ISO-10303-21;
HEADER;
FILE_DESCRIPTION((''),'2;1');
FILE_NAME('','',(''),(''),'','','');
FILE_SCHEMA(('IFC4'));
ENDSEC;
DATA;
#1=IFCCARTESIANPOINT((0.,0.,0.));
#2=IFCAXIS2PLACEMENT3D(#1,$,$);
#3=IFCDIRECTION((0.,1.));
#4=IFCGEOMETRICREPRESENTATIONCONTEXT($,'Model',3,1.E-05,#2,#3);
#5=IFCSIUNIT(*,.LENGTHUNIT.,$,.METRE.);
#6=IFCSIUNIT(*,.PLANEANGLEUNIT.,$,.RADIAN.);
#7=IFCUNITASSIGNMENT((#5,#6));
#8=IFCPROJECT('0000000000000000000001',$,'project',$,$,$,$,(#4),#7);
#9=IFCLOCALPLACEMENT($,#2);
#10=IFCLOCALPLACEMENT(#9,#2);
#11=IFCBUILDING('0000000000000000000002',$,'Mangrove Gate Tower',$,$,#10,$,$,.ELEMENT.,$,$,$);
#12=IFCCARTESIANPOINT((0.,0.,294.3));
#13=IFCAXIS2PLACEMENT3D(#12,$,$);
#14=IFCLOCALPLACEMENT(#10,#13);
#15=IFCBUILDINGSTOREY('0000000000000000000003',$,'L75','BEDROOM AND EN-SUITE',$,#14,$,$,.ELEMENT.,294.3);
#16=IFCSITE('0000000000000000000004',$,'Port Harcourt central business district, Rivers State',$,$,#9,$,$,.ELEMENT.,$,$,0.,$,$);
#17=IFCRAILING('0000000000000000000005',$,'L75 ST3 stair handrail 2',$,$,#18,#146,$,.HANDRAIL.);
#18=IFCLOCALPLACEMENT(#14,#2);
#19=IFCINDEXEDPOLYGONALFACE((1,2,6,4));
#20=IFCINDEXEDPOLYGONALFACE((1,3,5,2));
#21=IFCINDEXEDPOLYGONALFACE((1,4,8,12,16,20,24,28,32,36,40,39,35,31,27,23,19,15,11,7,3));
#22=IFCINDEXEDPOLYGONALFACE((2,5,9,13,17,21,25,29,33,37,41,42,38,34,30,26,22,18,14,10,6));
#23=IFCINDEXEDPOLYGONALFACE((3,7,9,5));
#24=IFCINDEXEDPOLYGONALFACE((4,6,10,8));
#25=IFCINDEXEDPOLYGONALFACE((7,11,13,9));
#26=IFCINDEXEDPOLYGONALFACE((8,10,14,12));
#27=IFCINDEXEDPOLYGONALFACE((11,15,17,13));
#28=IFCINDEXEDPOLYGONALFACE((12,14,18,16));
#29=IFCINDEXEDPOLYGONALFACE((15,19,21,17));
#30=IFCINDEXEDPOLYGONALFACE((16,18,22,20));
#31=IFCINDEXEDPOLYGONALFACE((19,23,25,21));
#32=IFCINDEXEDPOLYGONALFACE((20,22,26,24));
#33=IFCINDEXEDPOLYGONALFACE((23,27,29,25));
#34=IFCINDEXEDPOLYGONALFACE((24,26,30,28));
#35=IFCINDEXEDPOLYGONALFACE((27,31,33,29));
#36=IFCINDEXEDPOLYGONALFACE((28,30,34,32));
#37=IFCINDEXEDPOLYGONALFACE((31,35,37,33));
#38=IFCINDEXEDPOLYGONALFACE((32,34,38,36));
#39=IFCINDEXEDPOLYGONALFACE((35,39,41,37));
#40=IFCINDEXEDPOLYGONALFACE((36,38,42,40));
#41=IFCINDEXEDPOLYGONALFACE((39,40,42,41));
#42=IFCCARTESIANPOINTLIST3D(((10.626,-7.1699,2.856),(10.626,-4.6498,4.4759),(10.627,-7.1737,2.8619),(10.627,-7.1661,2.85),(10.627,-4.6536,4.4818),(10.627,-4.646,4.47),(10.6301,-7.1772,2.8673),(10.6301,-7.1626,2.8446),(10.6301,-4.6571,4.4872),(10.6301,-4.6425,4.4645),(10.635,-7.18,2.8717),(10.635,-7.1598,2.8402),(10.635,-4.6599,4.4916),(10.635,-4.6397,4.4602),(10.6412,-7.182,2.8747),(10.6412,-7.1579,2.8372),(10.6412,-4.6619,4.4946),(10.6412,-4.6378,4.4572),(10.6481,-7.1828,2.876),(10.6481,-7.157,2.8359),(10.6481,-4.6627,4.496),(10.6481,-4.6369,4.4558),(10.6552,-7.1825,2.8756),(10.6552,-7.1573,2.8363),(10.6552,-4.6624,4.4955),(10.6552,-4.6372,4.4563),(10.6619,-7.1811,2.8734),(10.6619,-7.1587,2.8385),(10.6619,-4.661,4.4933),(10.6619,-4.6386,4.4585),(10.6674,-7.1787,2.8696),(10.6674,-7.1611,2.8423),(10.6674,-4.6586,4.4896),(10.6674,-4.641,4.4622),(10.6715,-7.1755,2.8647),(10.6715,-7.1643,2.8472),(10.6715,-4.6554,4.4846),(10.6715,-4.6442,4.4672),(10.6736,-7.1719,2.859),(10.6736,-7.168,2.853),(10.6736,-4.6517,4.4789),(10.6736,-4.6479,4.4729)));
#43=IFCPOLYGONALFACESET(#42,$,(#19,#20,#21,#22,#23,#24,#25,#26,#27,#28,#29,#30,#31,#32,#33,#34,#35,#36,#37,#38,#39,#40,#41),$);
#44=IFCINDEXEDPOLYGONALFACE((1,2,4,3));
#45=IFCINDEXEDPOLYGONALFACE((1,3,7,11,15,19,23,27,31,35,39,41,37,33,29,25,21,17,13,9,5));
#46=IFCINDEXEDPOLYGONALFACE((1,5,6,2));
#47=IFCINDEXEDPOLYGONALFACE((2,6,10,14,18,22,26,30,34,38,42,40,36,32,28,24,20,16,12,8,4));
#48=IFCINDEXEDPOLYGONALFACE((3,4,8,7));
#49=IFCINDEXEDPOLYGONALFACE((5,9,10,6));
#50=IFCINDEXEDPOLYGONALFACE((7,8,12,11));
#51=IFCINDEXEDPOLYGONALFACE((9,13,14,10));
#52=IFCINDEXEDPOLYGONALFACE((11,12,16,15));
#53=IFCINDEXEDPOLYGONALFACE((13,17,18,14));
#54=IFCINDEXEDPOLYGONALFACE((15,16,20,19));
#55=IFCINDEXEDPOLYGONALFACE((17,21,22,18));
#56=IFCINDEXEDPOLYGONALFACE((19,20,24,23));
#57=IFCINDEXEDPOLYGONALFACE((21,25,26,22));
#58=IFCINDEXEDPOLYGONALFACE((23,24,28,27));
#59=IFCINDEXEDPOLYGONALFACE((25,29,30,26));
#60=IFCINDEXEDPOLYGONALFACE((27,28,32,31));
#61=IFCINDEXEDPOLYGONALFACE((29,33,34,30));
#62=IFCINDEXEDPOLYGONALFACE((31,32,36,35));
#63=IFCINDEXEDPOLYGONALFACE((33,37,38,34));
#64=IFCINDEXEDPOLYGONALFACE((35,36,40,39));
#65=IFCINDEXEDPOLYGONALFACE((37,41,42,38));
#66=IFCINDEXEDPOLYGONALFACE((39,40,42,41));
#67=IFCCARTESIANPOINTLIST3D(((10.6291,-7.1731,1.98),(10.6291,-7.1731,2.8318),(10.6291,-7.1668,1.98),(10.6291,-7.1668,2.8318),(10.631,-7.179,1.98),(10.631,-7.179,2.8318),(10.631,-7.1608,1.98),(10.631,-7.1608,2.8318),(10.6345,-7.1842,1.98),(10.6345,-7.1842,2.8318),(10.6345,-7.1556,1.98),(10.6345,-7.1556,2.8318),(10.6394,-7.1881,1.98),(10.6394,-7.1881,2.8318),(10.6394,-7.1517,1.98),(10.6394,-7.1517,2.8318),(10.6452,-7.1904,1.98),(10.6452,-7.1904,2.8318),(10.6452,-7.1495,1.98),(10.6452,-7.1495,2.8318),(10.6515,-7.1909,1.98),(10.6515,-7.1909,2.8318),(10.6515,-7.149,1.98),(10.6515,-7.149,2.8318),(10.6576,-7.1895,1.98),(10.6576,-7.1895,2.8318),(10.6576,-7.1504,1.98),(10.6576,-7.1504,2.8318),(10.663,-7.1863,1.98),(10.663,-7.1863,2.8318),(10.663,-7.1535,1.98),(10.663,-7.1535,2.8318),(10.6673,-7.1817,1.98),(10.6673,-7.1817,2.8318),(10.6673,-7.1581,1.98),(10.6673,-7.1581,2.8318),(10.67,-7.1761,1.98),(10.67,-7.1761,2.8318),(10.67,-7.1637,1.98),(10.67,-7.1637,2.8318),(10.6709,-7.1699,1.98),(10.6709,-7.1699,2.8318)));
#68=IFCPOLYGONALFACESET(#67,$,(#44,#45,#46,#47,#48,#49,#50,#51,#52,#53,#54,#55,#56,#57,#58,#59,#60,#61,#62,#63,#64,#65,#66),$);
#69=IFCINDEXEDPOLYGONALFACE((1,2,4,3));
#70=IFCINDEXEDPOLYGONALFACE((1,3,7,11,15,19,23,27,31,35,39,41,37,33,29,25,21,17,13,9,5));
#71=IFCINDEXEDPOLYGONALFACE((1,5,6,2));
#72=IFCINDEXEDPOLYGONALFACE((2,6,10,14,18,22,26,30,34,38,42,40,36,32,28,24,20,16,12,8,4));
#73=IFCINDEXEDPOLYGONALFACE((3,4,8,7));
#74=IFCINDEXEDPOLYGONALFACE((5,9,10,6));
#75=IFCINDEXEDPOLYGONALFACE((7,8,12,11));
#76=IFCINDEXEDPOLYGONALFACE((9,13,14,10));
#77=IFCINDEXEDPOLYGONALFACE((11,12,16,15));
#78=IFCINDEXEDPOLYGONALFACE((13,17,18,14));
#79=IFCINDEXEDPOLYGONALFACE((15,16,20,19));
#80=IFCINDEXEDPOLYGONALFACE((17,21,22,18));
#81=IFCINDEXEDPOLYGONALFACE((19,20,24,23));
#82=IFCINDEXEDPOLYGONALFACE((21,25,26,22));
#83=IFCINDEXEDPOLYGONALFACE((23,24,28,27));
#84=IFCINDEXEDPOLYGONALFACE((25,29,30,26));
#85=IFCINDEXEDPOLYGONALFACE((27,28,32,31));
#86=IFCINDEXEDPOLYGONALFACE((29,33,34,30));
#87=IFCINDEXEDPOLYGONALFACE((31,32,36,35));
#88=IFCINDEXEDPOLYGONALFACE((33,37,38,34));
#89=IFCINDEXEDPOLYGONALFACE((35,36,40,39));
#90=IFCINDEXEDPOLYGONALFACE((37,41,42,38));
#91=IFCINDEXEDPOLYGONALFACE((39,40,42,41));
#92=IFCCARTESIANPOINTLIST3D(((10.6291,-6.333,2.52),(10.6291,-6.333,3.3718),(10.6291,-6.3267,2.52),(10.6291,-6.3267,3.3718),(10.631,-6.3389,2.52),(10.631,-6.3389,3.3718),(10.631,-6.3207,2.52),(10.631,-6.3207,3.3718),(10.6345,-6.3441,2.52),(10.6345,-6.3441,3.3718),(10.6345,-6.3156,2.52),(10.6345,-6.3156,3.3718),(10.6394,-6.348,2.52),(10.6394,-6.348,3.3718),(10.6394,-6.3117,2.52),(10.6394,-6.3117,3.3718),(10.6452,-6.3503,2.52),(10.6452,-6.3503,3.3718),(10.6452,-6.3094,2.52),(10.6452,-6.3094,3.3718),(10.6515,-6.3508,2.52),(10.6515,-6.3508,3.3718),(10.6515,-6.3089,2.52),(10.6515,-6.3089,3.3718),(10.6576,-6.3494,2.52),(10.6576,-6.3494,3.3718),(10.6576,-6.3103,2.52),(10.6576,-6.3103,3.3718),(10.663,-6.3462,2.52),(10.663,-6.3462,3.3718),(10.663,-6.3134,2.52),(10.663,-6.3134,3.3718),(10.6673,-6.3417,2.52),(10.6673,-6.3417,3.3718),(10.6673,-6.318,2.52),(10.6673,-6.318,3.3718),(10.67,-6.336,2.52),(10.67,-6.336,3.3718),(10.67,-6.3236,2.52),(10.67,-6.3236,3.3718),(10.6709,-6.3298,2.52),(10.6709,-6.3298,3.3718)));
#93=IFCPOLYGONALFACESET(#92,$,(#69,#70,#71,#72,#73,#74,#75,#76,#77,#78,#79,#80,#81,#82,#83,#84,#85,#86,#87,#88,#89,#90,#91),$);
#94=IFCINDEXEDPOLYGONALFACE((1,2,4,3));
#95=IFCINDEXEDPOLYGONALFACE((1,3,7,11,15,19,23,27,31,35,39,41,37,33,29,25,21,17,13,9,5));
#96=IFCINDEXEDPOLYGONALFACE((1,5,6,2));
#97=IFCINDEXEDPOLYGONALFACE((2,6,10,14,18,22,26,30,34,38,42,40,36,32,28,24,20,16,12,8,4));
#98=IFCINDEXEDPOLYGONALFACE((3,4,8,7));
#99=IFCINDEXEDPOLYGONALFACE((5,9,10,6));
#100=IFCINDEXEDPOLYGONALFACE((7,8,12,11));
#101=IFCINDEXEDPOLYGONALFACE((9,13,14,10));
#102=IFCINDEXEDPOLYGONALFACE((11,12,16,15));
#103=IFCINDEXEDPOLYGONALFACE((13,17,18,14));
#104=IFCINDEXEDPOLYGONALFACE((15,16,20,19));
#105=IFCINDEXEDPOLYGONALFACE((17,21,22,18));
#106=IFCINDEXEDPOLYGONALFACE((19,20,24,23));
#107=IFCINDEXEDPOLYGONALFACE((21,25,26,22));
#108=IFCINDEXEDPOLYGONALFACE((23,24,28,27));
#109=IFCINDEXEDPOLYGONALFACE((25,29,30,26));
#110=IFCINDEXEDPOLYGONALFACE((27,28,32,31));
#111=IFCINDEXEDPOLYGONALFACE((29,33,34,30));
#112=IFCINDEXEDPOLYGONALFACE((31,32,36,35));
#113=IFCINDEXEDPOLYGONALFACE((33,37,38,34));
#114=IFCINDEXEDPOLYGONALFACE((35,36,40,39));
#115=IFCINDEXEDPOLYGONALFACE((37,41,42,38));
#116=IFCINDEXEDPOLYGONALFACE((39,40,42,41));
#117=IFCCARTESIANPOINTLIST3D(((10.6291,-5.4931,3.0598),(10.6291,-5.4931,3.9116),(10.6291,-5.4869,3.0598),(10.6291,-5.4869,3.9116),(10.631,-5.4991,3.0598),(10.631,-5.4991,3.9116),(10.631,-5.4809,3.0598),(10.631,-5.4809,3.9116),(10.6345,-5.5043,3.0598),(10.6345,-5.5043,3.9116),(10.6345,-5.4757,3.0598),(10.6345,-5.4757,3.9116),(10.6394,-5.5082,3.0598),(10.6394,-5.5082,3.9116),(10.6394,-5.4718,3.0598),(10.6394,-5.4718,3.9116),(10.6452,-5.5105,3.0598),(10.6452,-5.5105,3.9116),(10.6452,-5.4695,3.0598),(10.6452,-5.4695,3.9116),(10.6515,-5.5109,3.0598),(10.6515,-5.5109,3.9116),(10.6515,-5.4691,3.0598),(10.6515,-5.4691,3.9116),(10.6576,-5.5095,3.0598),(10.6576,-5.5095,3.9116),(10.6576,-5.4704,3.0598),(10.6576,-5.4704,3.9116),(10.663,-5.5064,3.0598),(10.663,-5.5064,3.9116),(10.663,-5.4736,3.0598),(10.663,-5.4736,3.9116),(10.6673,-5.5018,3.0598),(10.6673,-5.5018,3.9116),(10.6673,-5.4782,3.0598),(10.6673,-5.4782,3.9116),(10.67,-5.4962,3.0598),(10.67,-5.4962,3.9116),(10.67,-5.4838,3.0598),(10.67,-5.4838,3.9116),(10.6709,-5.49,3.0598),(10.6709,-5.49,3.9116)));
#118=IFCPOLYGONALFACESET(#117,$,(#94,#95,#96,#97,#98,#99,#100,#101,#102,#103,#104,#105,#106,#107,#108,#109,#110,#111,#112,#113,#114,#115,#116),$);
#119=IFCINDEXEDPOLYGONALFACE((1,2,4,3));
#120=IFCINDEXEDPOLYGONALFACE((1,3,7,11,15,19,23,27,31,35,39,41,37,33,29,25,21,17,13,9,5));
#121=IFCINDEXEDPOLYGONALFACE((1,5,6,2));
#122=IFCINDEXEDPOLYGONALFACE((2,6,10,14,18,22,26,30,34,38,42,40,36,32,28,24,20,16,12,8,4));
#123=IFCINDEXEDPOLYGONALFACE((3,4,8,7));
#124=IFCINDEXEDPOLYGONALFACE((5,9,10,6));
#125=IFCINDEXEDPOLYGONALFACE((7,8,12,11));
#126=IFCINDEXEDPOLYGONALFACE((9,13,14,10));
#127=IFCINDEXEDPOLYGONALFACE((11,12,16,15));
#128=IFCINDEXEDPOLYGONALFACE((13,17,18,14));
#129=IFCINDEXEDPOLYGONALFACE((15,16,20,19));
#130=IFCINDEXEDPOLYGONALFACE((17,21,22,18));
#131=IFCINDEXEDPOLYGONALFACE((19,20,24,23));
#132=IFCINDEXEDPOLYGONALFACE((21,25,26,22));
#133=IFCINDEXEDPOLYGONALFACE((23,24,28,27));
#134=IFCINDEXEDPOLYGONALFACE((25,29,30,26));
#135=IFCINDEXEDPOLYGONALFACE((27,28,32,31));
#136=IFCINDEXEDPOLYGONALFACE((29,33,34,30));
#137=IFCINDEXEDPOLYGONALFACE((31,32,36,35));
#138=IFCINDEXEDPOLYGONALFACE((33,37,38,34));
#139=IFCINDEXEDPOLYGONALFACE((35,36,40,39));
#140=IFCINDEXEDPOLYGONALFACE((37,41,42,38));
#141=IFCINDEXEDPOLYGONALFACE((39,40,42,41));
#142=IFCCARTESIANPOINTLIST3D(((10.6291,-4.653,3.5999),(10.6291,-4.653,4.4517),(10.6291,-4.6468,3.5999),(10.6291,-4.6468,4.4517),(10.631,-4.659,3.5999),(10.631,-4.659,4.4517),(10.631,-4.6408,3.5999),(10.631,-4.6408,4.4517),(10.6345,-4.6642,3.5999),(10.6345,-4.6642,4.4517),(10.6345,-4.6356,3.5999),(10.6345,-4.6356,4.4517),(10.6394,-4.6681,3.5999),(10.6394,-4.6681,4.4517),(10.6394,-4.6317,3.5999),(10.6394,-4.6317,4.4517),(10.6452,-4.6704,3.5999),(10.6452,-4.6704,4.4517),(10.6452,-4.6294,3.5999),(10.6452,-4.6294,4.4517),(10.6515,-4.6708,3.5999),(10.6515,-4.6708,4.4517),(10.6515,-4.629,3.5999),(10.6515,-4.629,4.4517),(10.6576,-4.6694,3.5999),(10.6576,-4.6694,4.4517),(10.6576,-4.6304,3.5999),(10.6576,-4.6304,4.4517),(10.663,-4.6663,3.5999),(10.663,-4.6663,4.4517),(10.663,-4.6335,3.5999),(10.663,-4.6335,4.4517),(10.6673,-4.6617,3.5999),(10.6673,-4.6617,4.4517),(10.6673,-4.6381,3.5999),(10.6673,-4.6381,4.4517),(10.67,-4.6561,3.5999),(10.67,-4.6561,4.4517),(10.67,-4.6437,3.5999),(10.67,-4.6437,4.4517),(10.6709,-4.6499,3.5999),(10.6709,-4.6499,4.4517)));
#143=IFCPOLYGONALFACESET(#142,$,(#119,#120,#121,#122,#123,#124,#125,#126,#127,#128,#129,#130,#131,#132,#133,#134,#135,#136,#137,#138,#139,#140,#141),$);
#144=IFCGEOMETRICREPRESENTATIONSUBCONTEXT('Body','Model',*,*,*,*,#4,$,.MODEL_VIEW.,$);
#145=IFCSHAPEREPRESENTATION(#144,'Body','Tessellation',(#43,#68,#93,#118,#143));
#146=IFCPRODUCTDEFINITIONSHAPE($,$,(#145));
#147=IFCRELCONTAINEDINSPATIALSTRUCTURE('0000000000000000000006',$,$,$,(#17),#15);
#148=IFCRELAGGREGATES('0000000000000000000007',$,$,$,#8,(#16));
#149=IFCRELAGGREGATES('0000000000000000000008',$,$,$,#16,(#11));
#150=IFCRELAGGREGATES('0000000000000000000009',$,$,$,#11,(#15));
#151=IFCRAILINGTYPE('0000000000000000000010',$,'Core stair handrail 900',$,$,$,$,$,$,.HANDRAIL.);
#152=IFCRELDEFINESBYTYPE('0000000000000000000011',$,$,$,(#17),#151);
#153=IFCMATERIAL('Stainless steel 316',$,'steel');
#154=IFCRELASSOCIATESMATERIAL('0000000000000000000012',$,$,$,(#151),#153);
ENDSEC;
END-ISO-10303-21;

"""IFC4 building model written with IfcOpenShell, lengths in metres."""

from ifc_helpers import new_model, si_unit, direction, frame, origin, origin_2d, place, context, subcontext, project, spatial, circle, extrude, material, type_object, element, save


model = new_model("IFC4")

# Units and contexts
model_context = context("Model", 3, precision=1e-05, world=origin(), true_north=direction((0.0, 1.0)))
body_context = subcontext(model_context, "Body", "Model", "MODEL_VIEW")
ifc_project = project(units=[si_unit("LENGTHUNIT", "METRE"), si_unit("PLANEANGLEUNIT", "RADIAN")], contexts=[model_context])

# Site, building, storey
site_placement = place(None, origin())
site = spatial("IfcSite", under=ifc_project, at=site_placement, Name="Port Harcourt central business district, Rivers State", CompositionType="ELEMENT", RefElevation=0.0)
building_placement = place(site_placement, origin())
building = spatial("IfcBuilding", under=site, at=building_placement, Name="Mangrove Gate Tower", CompositionType="ELEMENT")
storey_placement = place(building_placement, frame((0.0, 0.0, 294.3)))
storey = spatial("IfcBuildingStorey", under=building, at=storey_placement, Name="L75", Description="BEDROOM AND EN-SUITE", CompositionType="ELEMENT", Elevation=294.3)

# Railing
ifc_material_1 = material(Name="Stainless steel 316", Category="steel")
railing_type_1 = type_object("IfcRailingType", Name="Core stair handrail 900", PredefinedType="HANDRAIL", material=ifc_material_1)
railing_1_placement = place(storey_placement, frame((10.6499, -7.1699, 1.98)))
element("IfcRailing", 1, at=railing_1_placement, inside=storey, type_object=railing_type_1, Name="L75 ST3 stair handrail 2", PredefinedType="HANDRAIL", context=body_context, shape_type="SweptSolid", body=[
    extrude(circle(Radius=0.0239, at=origin_2d()), frame((0.0, 0.0, 0.876), z_axis=(0.0, 0.8412, 0.540725), x_axis=(-1.0, 0.0, 0.0)), (0.0, 0.0, 1.0), 2.9958),
    extrude(circle(Radius=0.021, at=origin_2d()), origin(), (0.0, 0.0, 1.0), 0.8518),
    extrude(circle(Radius=0.021, at=origin_2d()), frame((0.0, 0.8401, 0.54)), (0.0, 0.0, 1.0), 0.8518),
    extrude(circle(Radius=0.021, at=origin_2d()), frame((0.0, 1.6799, 1.0798)), (0.0, 0.0, 1.0), 0.8518),
    extrude(circle(Radius=0.021, at=origin_2d()), frame((0.0, 2.52, 1.6199)), (0.0, 0.0, 1.0), 0.8518),
])

save(model, "model.ifc")
